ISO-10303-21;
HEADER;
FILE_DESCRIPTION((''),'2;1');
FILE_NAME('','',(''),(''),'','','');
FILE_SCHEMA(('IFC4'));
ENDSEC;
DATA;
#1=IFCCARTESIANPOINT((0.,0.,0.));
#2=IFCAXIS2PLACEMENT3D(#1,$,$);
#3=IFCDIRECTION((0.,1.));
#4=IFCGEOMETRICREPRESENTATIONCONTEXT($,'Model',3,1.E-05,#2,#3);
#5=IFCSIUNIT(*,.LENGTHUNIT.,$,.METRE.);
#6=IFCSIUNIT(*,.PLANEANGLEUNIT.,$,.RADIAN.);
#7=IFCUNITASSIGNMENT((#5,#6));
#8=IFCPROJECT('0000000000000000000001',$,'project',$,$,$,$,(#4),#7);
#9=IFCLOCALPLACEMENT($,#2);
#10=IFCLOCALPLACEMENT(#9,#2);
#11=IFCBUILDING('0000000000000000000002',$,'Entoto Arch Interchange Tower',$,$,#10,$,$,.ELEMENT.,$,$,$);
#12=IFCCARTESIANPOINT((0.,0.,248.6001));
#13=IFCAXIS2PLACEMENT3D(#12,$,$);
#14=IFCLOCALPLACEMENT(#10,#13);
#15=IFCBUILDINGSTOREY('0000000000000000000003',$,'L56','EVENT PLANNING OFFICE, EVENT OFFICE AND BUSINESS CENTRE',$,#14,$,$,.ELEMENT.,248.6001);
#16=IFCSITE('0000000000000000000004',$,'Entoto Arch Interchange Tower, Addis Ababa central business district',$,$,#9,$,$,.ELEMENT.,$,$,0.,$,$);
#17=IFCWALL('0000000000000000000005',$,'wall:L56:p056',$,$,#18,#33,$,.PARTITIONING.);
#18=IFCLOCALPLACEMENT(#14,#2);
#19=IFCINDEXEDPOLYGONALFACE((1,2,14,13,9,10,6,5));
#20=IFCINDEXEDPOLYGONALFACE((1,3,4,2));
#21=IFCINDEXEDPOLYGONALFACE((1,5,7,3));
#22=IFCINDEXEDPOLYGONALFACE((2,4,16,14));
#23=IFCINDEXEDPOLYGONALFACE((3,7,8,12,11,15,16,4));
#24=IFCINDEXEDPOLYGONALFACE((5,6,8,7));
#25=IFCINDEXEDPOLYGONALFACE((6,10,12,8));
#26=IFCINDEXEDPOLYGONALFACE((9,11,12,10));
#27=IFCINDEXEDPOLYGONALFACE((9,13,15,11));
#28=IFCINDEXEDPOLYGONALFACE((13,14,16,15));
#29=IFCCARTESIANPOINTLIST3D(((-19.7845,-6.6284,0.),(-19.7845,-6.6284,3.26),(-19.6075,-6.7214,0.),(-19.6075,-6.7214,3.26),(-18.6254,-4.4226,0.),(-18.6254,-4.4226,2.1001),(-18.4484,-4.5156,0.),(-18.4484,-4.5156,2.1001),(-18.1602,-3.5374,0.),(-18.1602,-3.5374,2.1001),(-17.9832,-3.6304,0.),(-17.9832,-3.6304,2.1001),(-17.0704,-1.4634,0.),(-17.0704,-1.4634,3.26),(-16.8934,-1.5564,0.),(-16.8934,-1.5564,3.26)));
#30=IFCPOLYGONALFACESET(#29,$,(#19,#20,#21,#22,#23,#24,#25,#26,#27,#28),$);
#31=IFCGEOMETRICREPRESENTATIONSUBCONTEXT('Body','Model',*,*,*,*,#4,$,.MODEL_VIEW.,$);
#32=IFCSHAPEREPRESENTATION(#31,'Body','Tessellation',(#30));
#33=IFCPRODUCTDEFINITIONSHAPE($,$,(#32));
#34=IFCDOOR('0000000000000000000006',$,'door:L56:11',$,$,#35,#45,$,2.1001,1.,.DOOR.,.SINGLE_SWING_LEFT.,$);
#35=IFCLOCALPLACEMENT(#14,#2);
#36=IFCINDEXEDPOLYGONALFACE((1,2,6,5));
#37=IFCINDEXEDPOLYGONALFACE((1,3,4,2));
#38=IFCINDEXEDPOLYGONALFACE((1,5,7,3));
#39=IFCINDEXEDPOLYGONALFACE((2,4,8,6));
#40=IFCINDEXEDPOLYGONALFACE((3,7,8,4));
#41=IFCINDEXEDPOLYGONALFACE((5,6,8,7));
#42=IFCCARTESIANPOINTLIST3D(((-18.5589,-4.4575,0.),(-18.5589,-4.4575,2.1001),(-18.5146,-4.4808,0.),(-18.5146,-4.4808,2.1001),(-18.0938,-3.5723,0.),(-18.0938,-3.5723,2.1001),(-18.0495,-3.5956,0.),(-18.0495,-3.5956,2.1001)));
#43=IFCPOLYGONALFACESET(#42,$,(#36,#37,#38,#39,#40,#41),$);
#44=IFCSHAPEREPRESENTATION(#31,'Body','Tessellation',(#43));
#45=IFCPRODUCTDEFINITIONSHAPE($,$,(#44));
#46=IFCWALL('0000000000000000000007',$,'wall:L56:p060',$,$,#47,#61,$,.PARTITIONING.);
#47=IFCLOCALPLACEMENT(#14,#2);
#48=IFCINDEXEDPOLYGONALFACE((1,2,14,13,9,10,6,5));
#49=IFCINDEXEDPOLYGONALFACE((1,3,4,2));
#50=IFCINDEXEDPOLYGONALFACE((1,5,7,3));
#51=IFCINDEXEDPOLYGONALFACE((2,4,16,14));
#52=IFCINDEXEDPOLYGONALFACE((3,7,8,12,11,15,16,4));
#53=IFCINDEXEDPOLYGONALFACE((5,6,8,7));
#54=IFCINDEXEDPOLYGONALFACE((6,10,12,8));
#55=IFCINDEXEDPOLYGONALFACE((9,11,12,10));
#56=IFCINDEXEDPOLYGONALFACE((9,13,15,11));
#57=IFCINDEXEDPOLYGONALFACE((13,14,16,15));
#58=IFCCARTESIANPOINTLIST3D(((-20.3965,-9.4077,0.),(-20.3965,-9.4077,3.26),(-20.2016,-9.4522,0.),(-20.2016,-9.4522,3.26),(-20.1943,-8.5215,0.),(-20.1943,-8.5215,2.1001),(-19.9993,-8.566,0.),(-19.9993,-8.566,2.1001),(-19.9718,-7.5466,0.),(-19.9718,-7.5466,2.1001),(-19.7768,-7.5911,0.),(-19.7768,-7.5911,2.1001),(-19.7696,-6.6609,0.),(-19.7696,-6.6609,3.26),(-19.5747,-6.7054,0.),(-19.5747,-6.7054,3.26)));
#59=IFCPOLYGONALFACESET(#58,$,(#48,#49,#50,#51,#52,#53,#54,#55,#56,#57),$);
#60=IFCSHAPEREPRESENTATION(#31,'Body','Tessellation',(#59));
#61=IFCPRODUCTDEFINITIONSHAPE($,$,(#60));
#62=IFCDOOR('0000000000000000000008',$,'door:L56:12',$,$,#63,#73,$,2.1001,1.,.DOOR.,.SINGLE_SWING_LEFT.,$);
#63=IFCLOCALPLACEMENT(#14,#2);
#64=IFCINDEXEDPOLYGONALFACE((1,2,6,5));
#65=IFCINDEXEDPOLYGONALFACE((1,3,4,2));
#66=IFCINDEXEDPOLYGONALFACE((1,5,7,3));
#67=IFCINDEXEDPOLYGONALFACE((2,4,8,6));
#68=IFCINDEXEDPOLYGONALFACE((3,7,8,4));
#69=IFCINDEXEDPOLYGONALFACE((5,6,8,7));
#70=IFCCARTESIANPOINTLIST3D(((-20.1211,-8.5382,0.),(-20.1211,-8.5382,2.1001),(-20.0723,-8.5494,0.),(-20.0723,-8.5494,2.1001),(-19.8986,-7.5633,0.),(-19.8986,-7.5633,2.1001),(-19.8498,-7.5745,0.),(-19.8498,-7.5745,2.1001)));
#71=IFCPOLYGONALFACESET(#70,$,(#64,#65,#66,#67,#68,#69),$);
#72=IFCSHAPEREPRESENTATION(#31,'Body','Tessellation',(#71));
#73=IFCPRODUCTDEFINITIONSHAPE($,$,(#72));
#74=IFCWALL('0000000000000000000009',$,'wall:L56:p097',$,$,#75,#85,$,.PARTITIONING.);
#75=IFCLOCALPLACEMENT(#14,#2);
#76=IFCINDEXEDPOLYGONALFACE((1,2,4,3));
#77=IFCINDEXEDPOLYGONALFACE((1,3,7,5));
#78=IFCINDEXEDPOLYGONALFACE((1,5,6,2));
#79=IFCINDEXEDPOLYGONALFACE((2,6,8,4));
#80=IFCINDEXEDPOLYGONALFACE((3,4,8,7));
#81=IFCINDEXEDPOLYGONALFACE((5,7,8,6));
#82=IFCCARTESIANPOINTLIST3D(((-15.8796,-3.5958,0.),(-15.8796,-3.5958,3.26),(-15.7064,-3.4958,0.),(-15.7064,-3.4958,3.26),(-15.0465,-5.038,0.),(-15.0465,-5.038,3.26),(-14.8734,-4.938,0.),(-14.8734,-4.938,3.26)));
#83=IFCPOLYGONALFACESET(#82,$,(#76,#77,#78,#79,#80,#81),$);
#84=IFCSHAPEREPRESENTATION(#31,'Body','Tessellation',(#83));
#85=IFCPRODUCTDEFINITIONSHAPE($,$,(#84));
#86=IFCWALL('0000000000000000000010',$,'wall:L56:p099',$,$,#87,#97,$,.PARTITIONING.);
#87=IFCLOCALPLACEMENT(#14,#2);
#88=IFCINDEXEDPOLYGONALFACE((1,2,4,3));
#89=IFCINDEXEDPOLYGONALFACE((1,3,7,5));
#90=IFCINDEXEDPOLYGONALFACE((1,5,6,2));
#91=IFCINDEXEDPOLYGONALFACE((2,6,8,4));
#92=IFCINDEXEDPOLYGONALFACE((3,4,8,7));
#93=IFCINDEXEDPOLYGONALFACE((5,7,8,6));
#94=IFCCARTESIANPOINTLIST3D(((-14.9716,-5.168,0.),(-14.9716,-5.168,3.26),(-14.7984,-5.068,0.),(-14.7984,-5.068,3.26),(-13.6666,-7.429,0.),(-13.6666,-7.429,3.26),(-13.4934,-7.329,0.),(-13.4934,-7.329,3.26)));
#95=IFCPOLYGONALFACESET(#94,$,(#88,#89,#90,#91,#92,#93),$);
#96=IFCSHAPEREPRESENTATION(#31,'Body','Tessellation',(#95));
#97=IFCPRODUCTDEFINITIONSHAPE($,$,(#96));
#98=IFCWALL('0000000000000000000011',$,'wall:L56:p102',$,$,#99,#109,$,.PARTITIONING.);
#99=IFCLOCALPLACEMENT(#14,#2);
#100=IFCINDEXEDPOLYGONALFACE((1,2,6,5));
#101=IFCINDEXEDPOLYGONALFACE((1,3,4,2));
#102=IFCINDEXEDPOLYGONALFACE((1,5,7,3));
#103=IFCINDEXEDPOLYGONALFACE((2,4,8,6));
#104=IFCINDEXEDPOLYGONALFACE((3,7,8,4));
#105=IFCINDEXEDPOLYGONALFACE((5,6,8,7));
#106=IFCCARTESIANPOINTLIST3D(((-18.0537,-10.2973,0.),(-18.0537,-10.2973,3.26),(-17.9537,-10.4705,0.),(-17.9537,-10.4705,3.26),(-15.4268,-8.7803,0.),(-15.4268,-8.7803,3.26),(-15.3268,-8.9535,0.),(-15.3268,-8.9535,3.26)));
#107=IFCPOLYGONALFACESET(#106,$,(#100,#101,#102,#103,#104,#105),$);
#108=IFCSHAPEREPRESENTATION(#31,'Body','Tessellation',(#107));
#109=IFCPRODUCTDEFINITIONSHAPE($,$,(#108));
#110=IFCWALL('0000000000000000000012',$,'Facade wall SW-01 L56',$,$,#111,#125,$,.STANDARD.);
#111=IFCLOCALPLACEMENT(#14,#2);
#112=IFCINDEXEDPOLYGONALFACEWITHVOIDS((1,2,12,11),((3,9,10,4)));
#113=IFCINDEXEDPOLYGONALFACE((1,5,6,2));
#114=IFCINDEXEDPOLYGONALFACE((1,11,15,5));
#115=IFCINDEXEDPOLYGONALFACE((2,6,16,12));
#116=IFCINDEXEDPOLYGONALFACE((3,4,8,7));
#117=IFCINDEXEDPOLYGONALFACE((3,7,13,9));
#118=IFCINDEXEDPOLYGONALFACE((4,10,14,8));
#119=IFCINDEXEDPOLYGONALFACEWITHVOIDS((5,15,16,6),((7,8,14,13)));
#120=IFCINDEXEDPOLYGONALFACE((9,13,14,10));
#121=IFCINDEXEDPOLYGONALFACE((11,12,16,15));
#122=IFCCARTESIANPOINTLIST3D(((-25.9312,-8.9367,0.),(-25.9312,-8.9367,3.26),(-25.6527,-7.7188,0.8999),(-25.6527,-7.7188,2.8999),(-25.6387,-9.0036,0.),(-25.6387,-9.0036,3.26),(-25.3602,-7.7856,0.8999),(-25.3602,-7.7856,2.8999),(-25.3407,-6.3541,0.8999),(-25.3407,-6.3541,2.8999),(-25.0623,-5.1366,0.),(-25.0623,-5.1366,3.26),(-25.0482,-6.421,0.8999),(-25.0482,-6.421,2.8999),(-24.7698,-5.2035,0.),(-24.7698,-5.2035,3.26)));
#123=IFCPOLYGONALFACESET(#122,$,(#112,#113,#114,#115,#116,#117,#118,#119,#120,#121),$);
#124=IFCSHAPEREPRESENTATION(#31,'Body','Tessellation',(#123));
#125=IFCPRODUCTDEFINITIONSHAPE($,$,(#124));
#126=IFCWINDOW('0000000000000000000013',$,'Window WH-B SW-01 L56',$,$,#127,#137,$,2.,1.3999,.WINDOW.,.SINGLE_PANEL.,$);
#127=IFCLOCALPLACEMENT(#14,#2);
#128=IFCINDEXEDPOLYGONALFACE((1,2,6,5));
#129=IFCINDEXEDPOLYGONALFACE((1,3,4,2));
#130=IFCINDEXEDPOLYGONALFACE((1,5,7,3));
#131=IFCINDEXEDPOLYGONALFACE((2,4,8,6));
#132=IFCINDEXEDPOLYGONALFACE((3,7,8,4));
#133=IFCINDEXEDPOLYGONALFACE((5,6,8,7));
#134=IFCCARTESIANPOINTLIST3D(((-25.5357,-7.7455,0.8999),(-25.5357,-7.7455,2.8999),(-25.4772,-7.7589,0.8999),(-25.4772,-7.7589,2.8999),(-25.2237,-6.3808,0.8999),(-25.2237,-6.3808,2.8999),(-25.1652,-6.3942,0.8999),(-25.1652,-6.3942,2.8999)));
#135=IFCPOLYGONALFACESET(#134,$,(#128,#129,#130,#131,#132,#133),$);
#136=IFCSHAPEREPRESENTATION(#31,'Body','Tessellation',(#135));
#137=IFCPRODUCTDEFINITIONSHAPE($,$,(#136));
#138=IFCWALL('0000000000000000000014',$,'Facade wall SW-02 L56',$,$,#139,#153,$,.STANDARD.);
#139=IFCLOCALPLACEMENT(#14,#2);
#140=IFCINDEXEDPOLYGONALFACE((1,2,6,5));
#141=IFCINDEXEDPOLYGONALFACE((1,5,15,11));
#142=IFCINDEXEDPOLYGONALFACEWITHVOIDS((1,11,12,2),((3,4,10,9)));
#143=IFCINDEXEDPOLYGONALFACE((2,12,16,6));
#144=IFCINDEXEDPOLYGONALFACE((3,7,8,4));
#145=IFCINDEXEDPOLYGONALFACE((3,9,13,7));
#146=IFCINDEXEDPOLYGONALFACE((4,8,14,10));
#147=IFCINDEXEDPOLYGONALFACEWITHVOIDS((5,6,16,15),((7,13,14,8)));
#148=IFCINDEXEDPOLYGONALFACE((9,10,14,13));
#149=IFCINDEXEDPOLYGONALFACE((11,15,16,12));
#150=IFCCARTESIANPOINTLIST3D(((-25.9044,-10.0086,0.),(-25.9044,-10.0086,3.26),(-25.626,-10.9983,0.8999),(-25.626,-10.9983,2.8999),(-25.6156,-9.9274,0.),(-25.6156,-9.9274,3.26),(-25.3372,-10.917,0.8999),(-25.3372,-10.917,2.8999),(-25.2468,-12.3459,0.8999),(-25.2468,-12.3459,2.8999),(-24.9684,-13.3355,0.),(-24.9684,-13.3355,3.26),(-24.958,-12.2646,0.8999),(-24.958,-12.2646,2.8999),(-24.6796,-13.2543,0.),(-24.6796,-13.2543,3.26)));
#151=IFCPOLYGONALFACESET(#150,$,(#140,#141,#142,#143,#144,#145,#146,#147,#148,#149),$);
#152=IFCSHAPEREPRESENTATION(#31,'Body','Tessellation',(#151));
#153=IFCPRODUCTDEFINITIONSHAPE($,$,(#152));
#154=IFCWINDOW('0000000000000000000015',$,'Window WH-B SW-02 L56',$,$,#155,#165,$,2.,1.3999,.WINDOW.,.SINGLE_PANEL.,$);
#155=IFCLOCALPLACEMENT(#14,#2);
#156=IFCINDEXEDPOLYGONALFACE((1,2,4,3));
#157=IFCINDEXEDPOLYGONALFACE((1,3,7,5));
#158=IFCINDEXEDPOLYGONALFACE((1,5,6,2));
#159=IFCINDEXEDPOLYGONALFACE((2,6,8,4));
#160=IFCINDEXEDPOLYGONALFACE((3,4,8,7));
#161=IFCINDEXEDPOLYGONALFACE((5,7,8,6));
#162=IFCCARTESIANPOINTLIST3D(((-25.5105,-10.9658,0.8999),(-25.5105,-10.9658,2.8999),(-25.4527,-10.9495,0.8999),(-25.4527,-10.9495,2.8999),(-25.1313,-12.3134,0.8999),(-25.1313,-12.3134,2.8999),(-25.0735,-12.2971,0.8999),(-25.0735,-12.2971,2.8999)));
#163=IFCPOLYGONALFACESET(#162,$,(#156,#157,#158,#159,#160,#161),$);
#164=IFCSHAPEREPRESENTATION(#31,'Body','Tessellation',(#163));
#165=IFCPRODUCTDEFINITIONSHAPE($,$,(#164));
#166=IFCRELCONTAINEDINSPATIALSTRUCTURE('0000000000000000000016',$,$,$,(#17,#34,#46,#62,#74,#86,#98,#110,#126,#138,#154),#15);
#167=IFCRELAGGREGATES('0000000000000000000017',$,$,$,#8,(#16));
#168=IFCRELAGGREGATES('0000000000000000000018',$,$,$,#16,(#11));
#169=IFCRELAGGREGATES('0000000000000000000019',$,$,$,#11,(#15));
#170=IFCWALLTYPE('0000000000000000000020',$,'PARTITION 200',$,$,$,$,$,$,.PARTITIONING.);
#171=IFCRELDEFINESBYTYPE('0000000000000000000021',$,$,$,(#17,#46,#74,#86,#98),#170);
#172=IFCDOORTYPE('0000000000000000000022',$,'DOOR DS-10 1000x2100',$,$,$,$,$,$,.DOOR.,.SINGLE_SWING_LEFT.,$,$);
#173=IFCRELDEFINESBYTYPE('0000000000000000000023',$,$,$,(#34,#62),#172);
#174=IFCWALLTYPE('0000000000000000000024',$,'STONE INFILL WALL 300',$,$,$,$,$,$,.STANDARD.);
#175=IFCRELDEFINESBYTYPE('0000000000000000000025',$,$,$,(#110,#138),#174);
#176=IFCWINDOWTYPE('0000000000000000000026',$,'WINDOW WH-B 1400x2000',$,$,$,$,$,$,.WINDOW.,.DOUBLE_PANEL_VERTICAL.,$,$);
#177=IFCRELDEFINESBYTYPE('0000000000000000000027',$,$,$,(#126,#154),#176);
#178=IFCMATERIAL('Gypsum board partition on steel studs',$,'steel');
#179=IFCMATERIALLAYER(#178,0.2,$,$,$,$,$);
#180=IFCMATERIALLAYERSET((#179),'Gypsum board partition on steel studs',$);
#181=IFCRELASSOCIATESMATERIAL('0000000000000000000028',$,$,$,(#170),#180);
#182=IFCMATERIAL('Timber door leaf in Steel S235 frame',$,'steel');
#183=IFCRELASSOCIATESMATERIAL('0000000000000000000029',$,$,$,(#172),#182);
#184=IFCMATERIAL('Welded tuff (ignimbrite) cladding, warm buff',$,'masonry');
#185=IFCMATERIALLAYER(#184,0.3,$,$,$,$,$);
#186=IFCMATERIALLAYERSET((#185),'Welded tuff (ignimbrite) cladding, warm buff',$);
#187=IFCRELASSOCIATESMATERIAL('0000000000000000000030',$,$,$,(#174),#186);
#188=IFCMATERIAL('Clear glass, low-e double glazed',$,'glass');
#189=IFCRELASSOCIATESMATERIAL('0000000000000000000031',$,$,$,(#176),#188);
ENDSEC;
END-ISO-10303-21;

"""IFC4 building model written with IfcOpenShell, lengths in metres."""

from ifc_helpers import new_model, si_unit, direction, frame, frame_2d, origin, place, context, subcontext, project, spatial, rectangle, extrude, material, layer, layer_set, type_object, element, fill, save


model = new_model("IFC4")

# Units and contexts
model_context = context("Model", 3, precision=1e-05, world=origin(), true_north=direction((0.0, 1.0)))
body_context = subcontext(model_context, "Body", "Model", "MODEL_VIEW")
ifc_project = project(units=[si_unit("LENGTHUNIT", "METRE"), si_unit("PLANEANGLEUNIT", "RADIAN")], contexts=[model_context])

# Site, building, storey
site_placement = place(None, origin())
site = spatial("IfcSite", under=ifc_project, at=site_placement, Name="Entoto Arch Interchange Tower, Addis Ababa central business district", CompositionType="ELEMENT", RefElevation=0.0)
building_placement = place(site_placement, origin())
building = spatial("IfcBuilding", under=site, at=building_placement, Name="Entoto Arch Interchange Tower", CompositionType="ELEMENT")
storey_placement = place(building_placement, frame((0.0, 0.0, 248.6001)))
storey = spatial("IfcBuildingStorey", under=building, at=storey_placement, Name="L56", Description="EVENT PLANNING OFFICE, EVENT OFFICE AND BUSINESS CENTRE", CompositionType="ELEMENT", Elevation=248.6001)

# Shared definitions
ifc_material_1 = material(Name="Gypsum board partition on steel studs", Category="steel")
ifc_layer_1 = layer(ifc_material_1, 0.2)
ifc_layer_set_1 = layer_set([ifc_layer_1], Name="Gypsum board partition on steel studs")
wall_type_1 = type_object("IfcWallType", Name="PARTITION 200", PredefinedType="PARTITIONING", material=ifc_layer_set_1)

# Shared definitions
ifc_material_2 = material(Name="Timber door leaf in Steel S235 frame", Category="steel")
door_type = type_object("IfcDoorType", Name="DOOR DS-10 1000x2100", OperationType="SINGLE_SWING_LEFT", PredefinedType="DOOR", material=ifc_material_2)

# Walls, openings, doors
wall_1_placement = place(storey_placement, frame((-19.696, -6.675, 0.0), z_axis=(0.0, 0.0, 1.0), x_axis=(0.465165, 0.885224, 0.0)))
wall_1 = element("IfcWall", 1, at=wall_1_placement, inside=storey, type_object=wall_type_1, Name="wall:L56:p056", PredefinedType="PARTITIONING", context=body_context, shape_type="SweptSolid", body=[
    extrude(rectangle(XDim=5.8347, YDim=0.2, at=frame_2d((2.9175, 0.0))), origin(), (0.0, 0.0, 1.0), 3.26),
])
opening_1_placement = place(wall_1_placement, frame((2.4919, 0.0, 0.0)))
opening_1 = element("IfcOpeningElement", 2, at=opening_1_placement, cuts=wall_1, PredefinedType="OPENING", context=body_context, shape_type="SweptSolid", body=[
    extrude(rectangle(XDim=1.0, YDim=2.1001, at=frame_2d((0.5, 1.05))), frame((0.0, 0.1099, 0.0), z_axis=(0.0, -1.0, 0.0), x_axis=(1.0, 0.0, 0.0)), (0.0, 0.0, 1.0), 0.22),
])
door_1_placement = place(opening_1_placement, origin())
door_1 = element("IfcDoor", 3, at=door_1_placement, inside=storey, type_object=door_type, Name="door:L56:11", OperationType="SINGLE_SWING_LEFT", OverallHeight=2.1001, OverallWidth=1.0, PredefinedType="DOOR", context=body_context, shape_type="SweptSolid", body=[
    extrude(rectangle(XDim=1.0, YDim=2.1001, at=frame_2d((0.5, 1.05))), frame((0.0, 0.0249, 0.0), z_axis=(0.0, -1.0, 0.0), x_axis=(1.0, 0.0, 0.0)), (0.0, 0.0, 1.0), 0.05),
])
fill(opening_1, door_1)
wall_2_placement = place(storey_placement, frame((-20.2991, -9.4299, 0.0), z_axis=(0.0, 0.0, 1.0), x_axis=(0.222524, 0.974927, 0.0)))
wall_2 = element("IfcWall", 4, at=wall_2_placement, inside=storey, type_object=wall_type_1, Name="wall:L56:p060", PredefinedType="PARTITIONING", context=body_context, shape_type="SweptSolid", body=[
    extrude(rectangle(XDim=2.8174, YDim=0.2, at=frame_2d((1.4087, 0.0))), origin(), (0.0, 0.0, 1.0), 3.26),
])
opening_2_placement = place(wall_2_placement, frame((0.9089, 0.0, 0.0)))
opening_2 = element("IfcOpeningElement", 5, at=opening_2_placement, cuts=wall_2, PredefinedType="OPENING", context=body_context, shape_type="SweptSolid", body=[
    extrude(rectangle(XDim=1.0, YDim=2.1001, at=frame_2d((0.5, 1.05))), frame((0.0, 0.1099, 0.0), z_axis=(0.0, -1.0, 0.0), x_axis=(1.0, 0.0, 0.0)), (0.0, 0.0, 1.0), 0.22),
])
door_2_placement = place(opening_2_placement, origin())
door_2 = element("IfcDoor", 6, at=door_2_placement, inside=storey, type_object=door_type, Name="door:L56:12", OperationType="SINGLE_SWING_LEFT", OverallHeight=2.1001, OverallWidth=1.0, PredefinedType="DOOR", context=body_context, shape_type="SweptSolid", body=[
    extrude(rectangle(XDim=1.0, YDim=2.1001, at=frame_2d((0.5, 1.05))), frame((0.0, 0.0249, 0.0), z_axis=(0.0, -1.0, 0.0), x_axis=(1.0, 0.0, 0.0)), (0.0, 0.0, 1.0), 0.05),
])
fill(opening_2, door_2)

# Walls
wall_3_placement = place(storey_placement, frame((-14.96, -4.988, 0.0), z_axis=(0.0, 0.0, 1.0), x_axis=(-0.500175, 0.865924, 0.0)))
element("IfcWall", 7, at=wall_3_placement, inside=storey, type_object=wall_type_1, Name="wall:L56:p097", PredefinedType="PARTITIONING", context=body_context, shape_type="SweptSolid", body=[
    extrude(rectangle(XDim=1.6655, YDim=0.2, at=frame_2d((0.8328, 0.0))), origin(), (0.0, 0.0, 1.0), 3.26),
])
wall_4_placement = place(storey_placement, frame((-13.5801, -7.3789, 0.0), z_axis=(0.0, 0.0, 1.0), x_axis=(-0.499871, 0.8661, 0.0)))
element("IfcWall", 8, at=wall_4_placement, inside=storey, type_object=wall_type_1, Name="wall:L56:p099", PredefinedType="PARTITIONING", context=body_context, shape_type="SweptSolid", body=[
    extrude(rectangle(XDim=2.6106, YDim=0.2, at=frame_2d((1.3052, 0.0))), origin(), (0.0, 0.0, 1.0), 3.26),
])
wall_5_placement = place(storey_placement, frame((-15.377, -8.8669, 0.0), z_axis=(0.0, 0.0, 1.0), x_axis=(-0.865966, -0.500103, 0.0)))
element("IfcWall", 9, at=wall_5_placement, inside=storey, type_object=wall_type_1, Name="wall:L56:p102", PredefinedType="PARTITIONING", context=body_context, shape_type="SweptSolid", body=[
    extrude(rectangle(XDim=3.0334, YDim=0.2, at=frame_2d((1.5166, 0.0))), origin(), (0.0, 0.0, 1.0), 3.26),
])

# Walls, openings, windows
ifc_material_3 = material(Name="Welded tuff (ignimbrite) cladding, warm buff", Category="masonry")
ifc_layer_2 = layer(ifc_material_3, 0.3)
ifc_layer_set_2 = layer_set([ifc_layer_2], Name="Welded tuff (ignimbrite) cladding, warm buff")
wall_type_2 = type_object("IfcWallType", Name="STONE INFILL WALL 300", PredefinedType="STANDARD", material=ifc_layer_set_2)
wall_6_placement = place(storey_placement, frame((-24.916, -5.1699, 0.0), z_axis=(0.0, 0.0, 1.0), x_axis=(-0.222901, -0.974841, 0.0)))
wall_6 = element("IfcWall", 10, at=wall_6_placement, inside=storey, type_object=wall_type_2, Name="Facade wall SW-01 L56", PredefinedType="STANDARD", context=body_context, shape_type="SweptSolid", body=[
    extrude(rectangle(XDim=3.8982, YDim=0.3, at=frame_2d((1.9492, 0.0))), origin(), (0.0, 0.0, 1.0), 3.26),
])
opening_3_placement = place(wall_6_placement, frame((1.249, 0.0, 0.8999)))
opening_3 = element("IfcOpeningElement", 11, at=opening_3_placement, cuts=wall_6, PredefinedType="OPENING", context=body_context, shape_type="SweptSolid", body=[
    extrude(rectangle(XDim=1.3999, YDim=2.0, at=frame_2d((0.7, 1.0))), frame((0.0, 0.1602, 0.0), z_axis=(0.0, -1.0, 0.0), x_axis=(1.0, 0.0, 0.0)), (0.0, 0.0, 1.0), 0.3201),
])
ifc_material_4 = material(Name="Clear glass, low-e double glazed", Category="glass")
window_type = type_object("IfcWindowType", Name="WINDOW WH-B 1400x2000", PartitioningType="DOUBLE_PANEL_VERTICAL", PredefinedType="WINDOW", material=ifc_material_4)
window_1_placement = place(opening_3_placement, origin())
window_1 = element("IfcWindow", 12, at=window_1_placement, inside=storey, type_object=window_type, Name="Window WH-B SW-01 L56", OverallHeight=2.0, OverallWidth=1.3999, PartitioningType="SINGLE_PANEL", PredefinedType="WINDOW", context=body_context, shape_type="SweptSolid", body=[
    extrude(rectangle(XDim=1.3999, YDim=2.0, at=frame_2d((0.7, 1.0))), frame((0.0, 0.03, 0.0), z_axis=(0.0, -1.0, 0.0), x_axis=(1.0, 0.0, 0.0)), (0.0, 0.0, 1.0), 0.0601),
])
fill(opening_3, window_1)
wall_7_placement = place(storey_placement, frame((-25.76, -9.968, 0.0), z_axis=(0.0, 0.0, 1.0), x_axis=(0.270838, -0.962625, 0.0)))
wall_7 = element("IfcWall", 13, at=wall_7_placement, inside=storey, type_object=wall_type_2, Name="Facade wall SW-02 L56", PredefinedType="STANDARD", context=body_context, shape_type="SweptSolid", body=[
    extrude(rectangle(XDim=3.4561, YDim=0.3, at=frame_2d((1.728, 0.0))), origin(), (0.0, 0.0, 1.0), 3.26),
])
opening_4_placement = place(wall_7_placement, frame((1.0281, 0.0, 0.8999)))
opening_4 = element("IfcOpeningElement", 14, at=opening_4_placement, cuts=wall_7, PredefinedType="OPENING", context=body_context, shape_type="SweptSolid", body=[
    extrude(rectangle(XDim=1.3999, YDim=2.0, at=frame_2d((0.7, 1.0))), frame((0.0, 0.1602, 0.0), z_axis=(0.0, -1.0, 0.0), x_axis=(1.0, 0.0, 0.0)), (0.0, 0.0, 1.0), 0.3201),
])
window_2_placement = place(opening_4_placement, origin())
window_2 = element("IfcWindow", 15, at=window_2_placement, inside=storey, type_object=window_type, Name="Window WH-B SW-02 L56", OverallHeight=2.0, OverallWidth=1.3999, PartitioningType="SINGLE_PANEL", PredefinedType="WINDOW", context=body_context, shape_type="SweptSolid", body=[
    extrude(rectangle(XDim=1.3999, YDim=2.0, at=frame_2d((0.7, 1.0))), frame((0.0, 0.03, 0.0), z_axis=(0.0, -1.0, 0.0), x_axis=(1.0, 0.0, 0.0)), (0.0, 0.0, 1.0), 0.0601),
])
fill(opening_4, window_2)

save(model, "model.ifc")
